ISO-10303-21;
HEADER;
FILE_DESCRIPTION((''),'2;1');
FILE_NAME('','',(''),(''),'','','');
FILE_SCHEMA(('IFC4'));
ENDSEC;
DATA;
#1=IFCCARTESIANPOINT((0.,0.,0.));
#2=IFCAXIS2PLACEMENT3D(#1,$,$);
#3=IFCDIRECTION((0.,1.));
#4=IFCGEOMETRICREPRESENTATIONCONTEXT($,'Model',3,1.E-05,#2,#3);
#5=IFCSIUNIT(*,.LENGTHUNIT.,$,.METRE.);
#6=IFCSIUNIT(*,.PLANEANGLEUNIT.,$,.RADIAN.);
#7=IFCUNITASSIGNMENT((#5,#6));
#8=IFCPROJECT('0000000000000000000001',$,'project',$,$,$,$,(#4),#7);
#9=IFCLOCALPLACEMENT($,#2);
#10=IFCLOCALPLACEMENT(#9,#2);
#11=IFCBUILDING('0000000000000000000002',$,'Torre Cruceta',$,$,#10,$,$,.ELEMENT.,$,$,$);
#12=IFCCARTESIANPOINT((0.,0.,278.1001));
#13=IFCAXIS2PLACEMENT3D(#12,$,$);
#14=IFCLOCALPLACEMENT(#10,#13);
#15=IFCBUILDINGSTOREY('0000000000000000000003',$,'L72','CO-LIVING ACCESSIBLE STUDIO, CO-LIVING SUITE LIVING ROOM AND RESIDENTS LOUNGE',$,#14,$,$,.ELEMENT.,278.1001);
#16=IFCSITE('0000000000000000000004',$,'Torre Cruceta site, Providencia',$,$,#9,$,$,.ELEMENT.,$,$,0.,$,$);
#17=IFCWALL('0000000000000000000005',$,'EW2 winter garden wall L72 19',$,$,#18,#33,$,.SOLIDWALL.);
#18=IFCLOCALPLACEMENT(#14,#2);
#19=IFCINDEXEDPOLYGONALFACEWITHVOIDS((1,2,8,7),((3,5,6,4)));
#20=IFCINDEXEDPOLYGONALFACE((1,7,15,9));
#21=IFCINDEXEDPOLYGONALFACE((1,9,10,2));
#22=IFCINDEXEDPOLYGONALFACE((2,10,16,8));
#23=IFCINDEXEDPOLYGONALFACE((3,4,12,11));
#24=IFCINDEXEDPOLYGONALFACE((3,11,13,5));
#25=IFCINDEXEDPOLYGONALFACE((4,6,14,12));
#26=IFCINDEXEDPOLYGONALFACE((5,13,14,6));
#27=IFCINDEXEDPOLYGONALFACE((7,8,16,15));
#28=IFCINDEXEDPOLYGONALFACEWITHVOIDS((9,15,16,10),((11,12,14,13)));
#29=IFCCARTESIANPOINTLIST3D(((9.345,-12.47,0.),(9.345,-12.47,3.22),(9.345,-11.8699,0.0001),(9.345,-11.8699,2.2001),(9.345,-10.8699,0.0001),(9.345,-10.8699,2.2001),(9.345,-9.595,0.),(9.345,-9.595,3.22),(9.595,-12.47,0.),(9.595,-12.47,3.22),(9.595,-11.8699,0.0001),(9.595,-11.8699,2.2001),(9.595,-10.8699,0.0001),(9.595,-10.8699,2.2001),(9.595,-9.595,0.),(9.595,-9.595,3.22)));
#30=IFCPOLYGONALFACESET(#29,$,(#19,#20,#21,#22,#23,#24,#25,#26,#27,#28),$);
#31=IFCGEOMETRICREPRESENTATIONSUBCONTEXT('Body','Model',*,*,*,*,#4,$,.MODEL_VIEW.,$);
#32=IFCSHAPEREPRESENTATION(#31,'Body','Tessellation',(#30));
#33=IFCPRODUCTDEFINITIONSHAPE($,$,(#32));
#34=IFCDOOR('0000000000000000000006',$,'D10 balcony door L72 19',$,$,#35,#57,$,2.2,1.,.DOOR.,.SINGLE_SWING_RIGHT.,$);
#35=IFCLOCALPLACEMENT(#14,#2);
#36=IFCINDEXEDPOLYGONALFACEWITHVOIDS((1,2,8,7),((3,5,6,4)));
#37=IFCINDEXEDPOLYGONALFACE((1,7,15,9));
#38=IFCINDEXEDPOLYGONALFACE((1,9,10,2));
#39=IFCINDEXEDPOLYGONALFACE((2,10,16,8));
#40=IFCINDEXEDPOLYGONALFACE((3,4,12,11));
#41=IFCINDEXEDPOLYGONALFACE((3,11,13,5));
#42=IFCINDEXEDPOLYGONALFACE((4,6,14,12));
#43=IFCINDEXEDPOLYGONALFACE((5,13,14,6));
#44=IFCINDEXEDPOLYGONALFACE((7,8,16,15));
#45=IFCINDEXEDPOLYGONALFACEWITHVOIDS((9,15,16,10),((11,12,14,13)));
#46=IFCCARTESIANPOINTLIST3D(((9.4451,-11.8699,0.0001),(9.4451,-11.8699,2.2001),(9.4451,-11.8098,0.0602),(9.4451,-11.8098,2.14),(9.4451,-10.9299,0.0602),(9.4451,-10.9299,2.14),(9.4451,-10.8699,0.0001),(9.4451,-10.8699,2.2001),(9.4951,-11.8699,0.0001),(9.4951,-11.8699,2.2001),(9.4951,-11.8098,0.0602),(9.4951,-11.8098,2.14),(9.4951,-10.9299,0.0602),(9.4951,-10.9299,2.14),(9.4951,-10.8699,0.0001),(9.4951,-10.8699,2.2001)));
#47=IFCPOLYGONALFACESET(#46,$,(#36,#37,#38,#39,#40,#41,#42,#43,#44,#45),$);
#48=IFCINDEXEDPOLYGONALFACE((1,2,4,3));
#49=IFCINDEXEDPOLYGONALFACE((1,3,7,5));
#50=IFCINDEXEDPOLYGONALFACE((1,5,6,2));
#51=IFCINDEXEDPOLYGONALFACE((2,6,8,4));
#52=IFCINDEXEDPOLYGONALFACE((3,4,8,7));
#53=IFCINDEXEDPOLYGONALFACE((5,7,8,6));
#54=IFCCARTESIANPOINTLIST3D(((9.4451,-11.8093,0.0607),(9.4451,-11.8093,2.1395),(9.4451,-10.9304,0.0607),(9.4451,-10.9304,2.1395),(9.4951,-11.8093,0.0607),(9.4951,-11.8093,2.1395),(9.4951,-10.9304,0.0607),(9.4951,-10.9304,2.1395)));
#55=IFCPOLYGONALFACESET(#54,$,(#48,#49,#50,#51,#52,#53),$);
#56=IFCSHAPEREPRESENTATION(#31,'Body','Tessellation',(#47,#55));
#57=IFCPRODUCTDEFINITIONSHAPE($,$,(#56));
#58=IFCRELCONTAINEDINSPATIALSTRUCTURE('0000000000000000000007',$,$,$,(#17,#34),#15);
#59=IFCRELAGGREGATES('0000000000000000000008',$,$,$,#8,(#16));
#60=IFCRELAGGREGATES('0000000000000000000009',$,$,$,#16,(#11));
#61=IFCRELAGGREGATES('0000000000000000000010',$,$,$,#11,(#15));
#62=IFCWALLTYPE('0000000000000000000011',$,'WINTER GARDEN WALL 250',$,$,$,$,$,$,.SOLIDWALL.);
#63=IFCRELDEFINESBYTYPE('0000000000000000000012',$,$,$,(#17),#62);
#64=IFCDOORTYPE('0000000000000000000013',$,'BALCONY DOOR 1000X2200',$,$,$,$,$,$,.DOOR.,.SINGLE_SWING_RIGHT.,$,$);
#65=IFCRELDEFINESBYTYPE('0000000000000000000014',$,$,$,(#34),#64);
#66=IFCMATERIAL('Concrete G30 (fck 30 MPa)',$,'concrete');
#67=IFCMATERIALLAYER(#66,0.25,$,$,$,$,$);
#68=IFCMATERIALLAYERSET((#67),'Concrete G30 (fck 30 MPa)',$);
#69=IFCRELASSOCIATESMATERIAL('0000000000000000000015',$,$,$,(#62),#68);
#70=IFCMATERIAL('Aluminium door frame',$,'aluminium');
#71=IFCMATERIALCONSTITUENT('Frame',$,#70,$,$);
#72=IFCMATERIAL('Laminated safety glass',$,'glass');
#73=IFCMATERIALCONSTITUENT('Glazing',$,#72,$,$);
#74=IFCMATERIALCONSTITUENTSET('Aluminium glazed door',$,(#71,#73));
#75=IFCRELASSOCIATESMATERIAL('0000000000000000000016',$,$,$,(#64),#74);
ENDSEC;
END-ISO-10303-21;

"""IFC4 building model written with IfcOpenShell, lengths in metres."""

from ifc_helpers import new_model, si_unit, direction, frame, frame_2d, origin, place, context, subcontext, project, spatial, rectangle, hollow_rectangle, extrude, material, layer, layer_set, constituent, constituent_set, type_object, element, fill, save


model = new_model("IFC4")

# Units and contexts
model_context = context("Model", 3, precision=1e-05, world=origin(), true_north=direction((0.0, 1.0)))
body_context = subcontext(model_context, "Body", "Model", "MODEL_VIEW")
ifc_project = project(units=[si_unit("LENGTHUNIT", "METRE"), si_unit("PLANEANGLEUNIT", "RADIAN")], contexts=[model_context])

# Site, building, storey
site_placement = place(None, origin())
site = spatial("IfcSite", under=ifc_project, at=site_placement, Name="Torre Cruceta site, Providencia", CompositionType="ELEMENT", RefElevation=0.0)
building_placement = place(site_placement, origin())
building = spatial("IfcBuilding", under=site, at=building_placement, Name="Torre Cruceta", CompositionType="ELEMENT")
storey_placement = place(building_placement, frame((0.0, 0.0, 278.1001)))
storey = spatial("IfcBuildingStorey", under=building, at=storey_placement, Name="L72", Description="CO-LIVING ACCESSIBLE STUDIO, CO-LIVING SUITE LIVING ROOM AND RESIDENTS LOUNGE", CompositionType="ELEMENT", Elevation=278.1001)

# Wall, opening, door
ifc_material_1 = material(Name="Concrete G30 (fck 30 MPa)", Category="concrete")
ifc_layer_1 = layer(ifc_material_1, 0.25)
ifc_layer_set_1 = layer_set([ifc_layer_1], Name="Concrete G30 (fck 30 MPa)")
wall_type_1 = type_object("IfcWallType", Name="WINTER GARDEN WALL 250", PredefinedType="SOLIDWALL", material=ifc_layer_set_1)
ifc_material_2 = material(Name="Aluminium door frame", Category="aluminium")
ifc_constituent_1 = constituent(ifc_material_2, Name="Frame")
ifc_material_3 = material(Name="Laminated safety glass", Category="glass")
ifc_constituent_2 = constituent(ifc_material_3, Name="Glazing")
ifc_constituent_set_1 = constituent_set(constituents=[ifc_constituent_1, ifc_constituent_2], Name="Aluminium glazed door")
door_type_1 = type_object("IfcDoorType", Name="BALCONY DOOR 1000X2200", OperationType="SINGLE_SWING_RIGHT", PredefinedType="DOOR", material=ifc_constituent_set_1)
wall_1_placement = place(storey_placement, frame((9.47, -12.47, 0.0), z_axis=(0.0, 0.0, 1.0), x_axis=(0.0, 1.0, 0.0)))
wall_1 = element("IfcWall", 1, at=wall_1_placement, inside=storey, type_object=wall_type_1, Name="EW2 winter garden wall L72 19", PredefinedType="SOLIDWALL", context=body_context, shape_type="SweptSolid", body=[
    extrude(rectangle(XDim=2.875, YDim=0.25, at=frame_2d((1.4375, 0.0))), origin(), (0.0, 0.0, 1.0), 3.22),
])
opening_1_placement = place(wall_1_placement, frame((0.6001, 0.0, 0.0)))
opening_1 = element("IfcOpeningElement", 2, at=opening_1_placement, cuts=wall_1, PredefinedType="OPENING", context=body_context, shape_type="SweptSolid", body=[
    extrude(rectangle(XDim=1.0, YDim=2.2, at=frame_2d((0.5, 1.1001))), frame((0.0, 0.135, 0.0), z_axis=(0.0, -1.0, 0.0), x_axis=(1.0, 0.0, 0.0)), (0.0, 0.0, 1.0), 0.27),
])
door_1_placement = place(opening_1_placement, origin())
door_1 = element("IfcDoor", 3, at=door_1_placement, inside=storey, type_object=door_type_1, Name="D10 balcony door L72 19", OperationType="SINGLE_SWING_RIGHT", OverallHeight=2.2, OverallWidth=1.0, PredefinedType="DOOR", context=body_context, shape_type="SweptSolid", body=[
    extrude(hollow_rectangle(XDim=1.0, YDim=2.2, WallThickness=0.0601, at=frame_2d((0.5, 1.1001))), frame((0.0, 0.0249, 0.0), z_axis=(0.0, -1.0, 0.0), x_axis=(1.0, 0.0, 0.0)), (0.0, 0.0, 1.0), 0.05),
    extrude(rectangle(XDim=0.8789, YDim=2.0789, at=frame_2d((0.5, 1.1001))), frame((0.0, 0.0249, 0.0), z_axis=(0.0, -1.0, 0.0), x_axis=(1.0, 0.0, 0.0)), (0.0, 0.0, 1.0), 0.05),
])
fill(opening_1, door_1)

save(model, "model.ifc")
